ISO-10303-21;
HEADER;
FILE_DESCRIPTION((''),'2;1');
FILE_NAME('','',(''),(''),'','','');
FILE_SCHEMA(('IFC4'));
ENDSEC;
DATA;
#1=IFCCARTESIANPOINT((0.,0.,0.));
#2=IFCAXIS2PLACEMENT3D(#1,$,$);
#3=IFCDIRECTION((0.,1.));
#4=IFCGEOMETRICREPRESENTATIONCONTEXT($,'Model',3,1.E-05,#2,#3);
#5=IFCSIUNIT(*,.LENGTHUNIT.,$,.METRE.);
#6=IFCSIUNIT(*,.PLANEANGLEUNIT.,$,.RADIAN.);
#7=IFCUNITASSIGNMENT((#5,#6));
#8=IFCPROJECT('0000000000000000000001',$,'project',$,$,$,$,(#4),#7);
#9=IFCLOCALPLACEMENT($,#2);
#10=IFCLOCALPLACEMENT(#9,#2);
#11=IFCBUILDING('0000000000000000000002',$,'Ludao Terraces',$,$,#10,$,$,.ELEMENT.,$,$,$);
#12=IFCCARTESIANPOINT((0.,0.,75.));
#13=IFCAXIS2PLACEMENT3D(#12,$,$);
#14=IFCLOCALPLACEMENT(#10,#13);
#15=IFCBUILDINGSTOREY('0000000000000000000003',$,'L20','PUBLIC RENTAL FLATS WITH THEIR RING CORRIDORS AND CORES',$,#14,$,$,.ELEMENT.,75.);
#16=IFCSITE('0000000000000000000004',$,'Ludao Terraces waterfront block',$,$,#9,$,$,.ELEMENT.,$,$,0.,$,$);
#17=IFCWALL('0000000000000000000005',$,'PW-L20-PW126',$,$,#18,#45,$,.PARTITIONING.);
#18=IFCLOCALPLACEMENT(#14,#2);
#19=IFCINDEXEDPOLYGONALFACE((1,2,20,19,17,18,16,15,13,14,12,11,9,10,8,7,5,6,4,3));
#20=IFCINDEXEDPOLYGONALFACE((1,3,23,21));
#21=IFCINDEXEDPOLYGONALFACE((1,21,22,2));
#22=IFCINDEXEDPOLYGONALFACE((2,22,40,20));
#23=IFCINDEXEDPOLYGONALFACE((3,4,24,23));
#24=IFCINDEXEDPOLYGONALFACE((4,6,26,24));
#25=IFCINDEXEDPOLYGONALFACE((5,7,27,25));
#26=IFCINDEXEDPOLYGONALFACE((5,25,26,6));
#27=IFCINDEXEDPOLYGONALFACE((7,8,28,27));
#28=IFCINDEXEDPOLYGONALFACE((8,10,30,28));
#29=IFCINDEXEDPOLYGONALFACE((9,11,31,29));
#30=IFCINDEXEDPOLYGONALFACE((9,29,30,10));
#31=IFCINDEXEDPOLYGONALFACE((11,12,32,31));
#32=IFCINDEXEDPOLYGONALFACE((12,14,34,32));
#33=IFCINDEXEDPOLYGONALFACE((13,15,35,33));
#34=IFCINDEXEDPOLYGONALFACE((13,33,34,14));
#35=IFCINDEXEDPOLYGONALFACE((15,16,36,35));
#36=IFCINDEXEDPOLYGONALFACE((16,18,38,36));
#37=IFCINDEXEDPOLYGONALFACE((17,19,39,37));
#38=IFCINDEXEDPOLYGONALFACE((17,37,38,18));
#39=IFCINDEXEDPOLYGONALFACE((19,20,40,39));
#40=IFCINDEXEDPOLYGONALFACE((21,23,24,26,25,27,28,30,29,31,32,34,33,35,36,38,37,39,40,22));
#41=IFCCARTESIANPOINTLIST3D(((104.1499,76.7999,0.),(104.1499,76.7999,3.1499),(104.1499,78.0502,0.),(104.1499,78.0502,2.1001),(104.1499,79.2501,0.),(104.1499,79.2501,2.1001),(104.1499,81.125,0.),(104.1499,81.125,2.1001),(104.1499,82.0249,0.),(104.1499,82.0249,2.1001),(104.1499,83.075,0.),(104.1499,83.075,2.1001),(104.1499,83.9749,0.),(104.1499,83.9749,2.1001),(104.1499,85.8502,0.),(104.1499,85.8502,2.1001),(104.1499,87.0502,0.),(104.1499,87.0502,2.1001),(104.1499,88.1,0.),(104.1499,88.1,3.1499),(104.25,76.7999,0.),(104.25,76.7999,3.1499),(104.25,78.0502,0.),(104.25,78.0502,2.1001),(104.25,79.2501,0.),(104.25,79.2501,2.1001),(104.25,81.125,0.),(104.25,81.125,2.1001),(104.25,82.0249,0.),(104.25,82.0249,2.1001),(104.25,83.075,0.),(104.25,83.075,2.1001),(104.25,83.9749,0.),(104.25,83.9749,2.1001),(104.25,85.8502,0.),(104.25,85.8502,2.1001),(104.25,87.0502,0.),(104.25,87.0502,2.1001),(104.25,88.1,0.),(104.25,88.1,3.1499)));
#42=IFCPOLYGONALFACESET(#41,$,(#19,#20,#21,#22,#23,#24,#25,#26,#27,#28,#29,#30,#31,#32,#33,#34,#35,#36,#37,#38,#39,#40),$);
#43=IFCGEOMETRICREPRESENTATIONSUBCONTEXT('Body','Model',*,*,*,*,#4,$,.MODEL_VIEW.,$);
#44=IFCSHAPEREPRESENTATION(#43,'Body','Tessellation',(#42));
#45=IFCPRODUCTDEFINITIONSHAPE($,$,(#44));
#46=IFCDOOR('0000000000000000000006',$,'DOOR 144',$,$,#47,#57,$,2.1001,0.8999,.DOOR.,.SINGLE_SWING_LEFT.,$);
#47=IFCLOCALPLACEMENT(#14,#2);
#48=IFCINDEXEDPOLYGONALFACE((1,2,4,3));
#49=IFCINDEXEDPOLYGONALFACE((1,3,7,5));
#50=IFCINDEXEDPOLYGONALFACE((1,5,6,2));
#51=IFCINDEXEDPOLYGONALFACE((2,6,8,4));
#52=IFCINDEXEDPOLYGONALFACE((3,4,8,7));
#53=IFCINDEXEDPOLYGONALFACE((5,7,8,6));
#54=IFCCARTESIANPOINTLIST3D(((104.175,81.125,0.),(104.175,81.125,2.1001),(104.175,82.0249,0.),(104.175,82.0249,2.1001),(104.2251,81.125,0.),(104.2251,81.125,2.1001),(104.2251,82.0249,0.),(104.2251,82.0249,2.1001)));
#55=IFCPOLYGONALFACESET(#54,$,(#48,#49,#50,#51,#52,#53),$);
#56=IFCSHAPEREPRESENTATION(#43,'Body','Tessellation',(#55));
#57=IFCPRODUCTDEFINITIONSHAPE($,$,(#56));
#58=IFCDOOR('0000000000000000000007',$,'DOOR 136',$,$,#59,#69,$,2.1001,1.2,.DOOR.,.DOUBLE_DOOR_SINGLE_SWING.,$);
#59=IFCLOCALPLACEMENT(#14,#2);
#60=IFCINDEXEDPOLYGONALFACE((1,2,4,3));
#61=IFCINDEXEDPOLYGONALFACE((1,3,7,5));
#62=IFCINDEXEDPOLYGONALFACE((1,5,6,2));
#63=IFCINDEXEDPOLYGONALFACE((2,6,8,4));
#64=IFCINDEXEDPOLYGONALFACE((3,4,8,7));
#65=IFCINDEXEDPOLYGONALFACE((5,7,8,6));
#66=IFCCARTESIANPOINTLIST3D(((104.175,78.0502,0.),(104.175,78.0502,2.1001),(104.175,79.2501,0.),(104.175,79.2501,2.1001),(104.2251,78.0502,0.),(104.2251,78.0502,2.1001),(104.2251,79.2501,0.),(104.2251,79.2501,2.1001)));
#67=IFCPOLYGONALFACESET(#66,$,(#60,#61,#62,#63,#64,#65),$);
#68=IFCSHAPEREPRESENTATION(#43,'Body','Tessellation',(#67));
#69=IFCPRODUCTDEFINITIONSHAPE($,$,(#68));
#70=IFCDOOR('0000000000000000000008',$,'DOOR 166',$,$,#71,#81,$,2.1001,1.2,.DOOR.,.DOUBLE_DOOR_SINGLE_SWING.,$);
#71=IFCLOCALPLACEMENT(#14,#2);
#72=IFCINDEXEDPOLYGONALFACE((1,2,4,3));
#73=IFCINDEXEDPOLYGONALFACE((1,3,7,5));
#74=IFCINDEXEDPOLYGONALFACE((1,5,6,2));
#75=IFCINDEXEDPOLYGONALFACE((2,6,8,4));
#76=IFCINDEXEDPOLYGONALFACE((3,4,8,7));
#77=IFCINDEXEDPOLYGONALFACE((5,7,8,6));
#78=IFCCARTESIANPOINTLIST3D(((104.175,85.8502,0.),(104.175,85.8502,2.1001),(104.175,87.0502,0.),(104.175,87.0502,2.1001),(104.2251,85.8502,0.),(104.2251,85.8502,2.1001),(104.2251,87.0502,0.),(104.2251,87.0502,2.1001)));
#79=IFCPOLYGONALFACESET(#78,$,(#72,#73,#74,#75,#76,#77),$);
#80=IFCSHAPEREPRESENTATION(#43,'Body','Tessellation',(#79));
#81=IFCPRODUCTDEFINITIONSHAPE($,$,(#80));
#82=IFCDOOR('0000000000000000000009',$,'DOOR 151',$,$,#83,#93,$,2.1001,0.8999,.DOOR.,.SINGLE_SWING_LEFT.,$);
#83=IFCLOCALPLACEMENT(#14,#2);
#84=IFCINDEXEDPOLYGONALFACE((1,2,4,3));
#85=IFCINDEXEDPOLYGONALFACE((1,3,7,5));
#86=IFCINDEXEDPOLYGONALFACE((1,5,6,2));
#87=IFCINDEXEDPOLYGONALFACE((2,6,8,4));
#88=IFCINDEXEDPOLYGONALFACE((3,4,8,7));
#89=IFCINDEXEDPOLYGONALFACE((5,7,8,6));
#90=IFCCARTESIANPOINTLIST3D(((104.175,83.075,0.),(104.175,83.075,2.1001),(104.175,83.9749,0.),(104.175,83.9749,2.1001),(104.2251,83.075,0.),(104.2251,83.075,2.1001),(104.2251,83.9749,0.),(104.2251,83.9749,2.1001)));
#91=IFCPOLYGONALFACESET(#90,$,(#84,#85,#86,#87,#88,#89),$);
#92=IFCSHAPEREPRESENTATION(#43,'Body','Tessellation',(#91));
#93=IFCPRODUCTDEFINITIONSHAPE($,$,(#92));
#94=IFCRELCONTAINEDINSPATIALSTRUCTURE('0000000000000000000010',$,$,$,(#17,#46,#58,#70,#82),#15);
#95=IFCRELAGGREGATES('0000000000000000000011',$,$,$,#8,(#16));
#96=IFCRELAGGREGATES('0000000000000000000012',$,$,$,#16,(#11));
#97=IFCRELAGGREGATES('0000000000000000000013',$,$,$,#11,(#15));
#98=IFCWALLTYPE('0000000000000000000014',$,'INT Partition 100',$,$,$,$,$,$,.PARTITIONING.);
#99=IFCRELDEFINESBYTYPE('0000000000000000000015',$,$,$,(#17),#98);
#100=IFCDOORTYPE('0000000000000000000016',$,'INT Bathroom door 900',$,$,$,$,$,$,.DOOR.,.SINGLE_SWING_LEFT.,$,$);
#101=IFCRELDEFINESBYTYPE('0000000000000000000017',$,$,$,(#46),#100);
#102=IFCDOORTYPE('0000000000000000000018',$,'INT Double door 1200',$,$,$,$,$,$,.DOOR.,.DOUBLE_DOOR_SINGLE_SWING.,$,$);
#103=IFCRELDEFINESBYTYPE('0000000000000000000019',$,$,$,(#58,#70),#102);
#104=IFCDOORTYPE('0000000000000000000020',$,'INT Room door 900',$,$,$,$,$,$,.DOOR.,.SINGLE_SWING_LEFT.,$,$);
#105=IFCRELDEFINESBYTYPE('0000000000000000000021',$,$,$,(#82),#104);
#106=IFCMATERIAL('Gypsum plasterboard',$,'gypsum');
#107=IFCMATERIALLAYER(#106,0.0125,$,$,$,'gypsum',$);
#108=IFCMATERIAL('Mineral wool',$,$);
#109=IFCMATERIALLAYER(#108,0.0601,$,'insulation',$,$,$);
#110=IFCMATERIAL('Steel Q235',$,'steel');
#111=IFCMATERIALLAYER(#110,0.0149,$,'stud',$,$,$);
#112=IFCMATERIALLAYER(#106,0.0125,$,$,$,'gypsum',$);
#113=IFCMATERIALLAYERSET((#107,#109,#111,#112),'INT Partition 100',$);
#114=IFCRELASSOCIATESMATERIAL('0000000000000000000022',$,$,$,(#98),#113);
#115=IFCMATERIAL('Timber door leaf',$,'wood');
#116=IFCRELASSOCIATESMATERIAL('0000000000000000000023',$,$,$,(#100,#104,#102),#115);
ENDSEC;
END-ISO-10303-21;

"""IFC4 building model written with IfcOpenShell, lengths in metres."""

from ifc_helpers import new_model, si_unit, direction, frame, frame_2d, origin, place, context, subcontext, project, spatial, rectangle, extrude, material, layer, layer_set, type_object, element, fill, save


model = new_model("IFC4")

# Units and contexts
model_context = context("Model", 3, precision=1e-05, world=origin(), true_north=direction((0.0, 1.0)))
body_context = subcontext(model_context, "Body", "Model", "MODEL_VIEW")
ifc_project = project(units=[si_unit("LENGTHUNIT", "METRE"), si_unit("PLANEANGLEUNIT", "RADIAN")], contexts=[model_context])

# Site, building, storey
site_placement = place(None, origin())
site = spatial("IfcSite", under=ifc_project, at=site_placement, Name="Ludao Terraces waterfront block", CompositionType="ELEMENT", RefElevation=0.0)
building_placement = place(site_placement, origin())
building = spatial("IfcBuilding", under=site, at=building_placement, Name="Ludao Terraces", CompositionType="ELEMENT")
storey_placement = place(building_placement, frame((0.0, 0.0, 75.0)))
storey = spatial("IfcBuildingStorey", under=building, at=storey_placement, Name="L20", Description="PUBLIC RENTAL FLATS WITH THEIR RING CORRIDORS AND CORES", CompositionType="ELEMENT", Elevation=75.0)

# Shared definitions
ifc_material_1 = material(Name="Mineral wool")

# Shared definitions
ifc_material_2 = material(Name="Gypsum plasterboard", Category="gypsum")
ifc_layer_1 = layer(ifc_material_2, 0.0125, Category="gypsum")
ifc_layer_2 = layer(ifc_material_1, 0.0601, Name="insulation")
ifc_material_3 = material(Name="Steel Q235", Category="steel")
ifc_layer_3 = layer(ifc_material_3, 0.0149, Name="stud")
ifc_layer_4 = layer(ifc_material_2, 0.0125, Category="gypsum")
ifc_layer_set_1 = layer_set([ifc_layer_1, ifc_layer_2, ifc_layer_3, ifc_layer_4], Name="INT Partition 100")
wall_type_1 = type_object("IfcWallType", Name="INT Partition 100", PredefinedType="PARTITIONING", material=ifc_layer_set_1)

# Wall, openings, doors
ifc_material_4 = material(Name="Timber door leaf", Category="wood")
door_type_1 = type_object("IfcDoorType", Name="INT Bathroom door 900", OperationType="SINGLE_SWING_LEFT", PredefinedType="DOOR", material=ifc_material_4)
door_type_2 = type_object("IfcDoorType", Name="INT Room door 900", OperationType="SINGLE_SWING_LEFT", PredefinedType="DOOR", material=ifc_material_4)
wall_1_placement = place(storey_placement, frame((104.2, 76.8, 0.0), z_axis=(0.0, 0.0, 1.0), x_axis=(0.0, 1.0, 0.0)))
wall_1 = element("IfcWall", 1, at=wall_1_placement, inside=storey, type_object=wall_type_1, Name="PW-L20-PW126", PredefinedType="PARTITIONING", context=body_context, shape_type="SweptSolid", body=[
    extrude(rectangle(XDim=11.3, YDim=0.1001, at=frame_2d((5.6499, 0.0))), origin(), (0.0, 0.0, 1.0), 3.1499),
])
opening_1_placement = place(wall_1_placement, frame((1.25, 0.0, 0.0)))
opening_1 = element("IfcOpeningElement", 2, at=opening_1_placement, cuts=wall_1, PredefinedType="OPENING", context=body_context, shape_type="SweptSolid", body=[
    extrude(rectangle(XDim=1.2, YDim=2.1001, at=frame_2d((0.6001, 1.05))), frame((0.0, 0.0601, 0.0), z_axis=(0.0, -1.0, 0.0), x_axis=(1.0, 0.0, 0.0)), (0.0, 0.0, 1.0), 0.1201),
])
opening_2_placement = place(wall_1_placement, frame((4.325, 0.0, 0.0)))
opening_2 = element("IfcOpeningElement", 3, at=opening_2_placement, cuts=wall_1, PredefinedType="OPENING", context=body_context, shape_type="SweptSolid", body=[
    extrude(rectangle(XDim=0.8999, YDim=2.1001, at=frame_2d((0.45, 1.05))), frame((0.0, 0.0601, 0.0), z_axis=(0.0, -1.0, 0.0), x_axis=(1.0, 0.0, 0.0)), (0.0, 0.0, 1.0), 0.1201),
])
opening_3_placement = place(wall_1_placement, frame((6.2749, 0.0, 0.0)))
opening_3 = element("IfcOpeningElement", 4, at=opening_3_placement, cuts=wall_1, PredefinedType="OPENING", context=body_context, shape_type="SweptSolid", body=[
    extrude(rectangle(XDim=0.8999, YDim=2.1001, at=frame_2d((0.45, 1.05))), frame((0.0, 0.0601, 0.0), z_axis=(0.0, -1.0, 0.0), x_axis=(1.0, 0.0, 0.0)), (0.0, 0.0, 1.0), 0.1201),
])
opening_4_placement = place(wall_1_placement, frame((9.05, 0.0, 0.0)))
opening_4 = element("IfcOpeningElement", 5, at=opening_4_placement, cuts=wall_1, PredefinedType="OPENING", context=body_context, shape_type="SweptSolid", body=[
    extrude(rectangle(XDim=1.2, YDim=2.1001, at=frame_2d((0.6001, 1.05))), frame((0.0, 0.0601, 0.0), z_axis=(0.0, -1.0, 0.0), x_axis=(1.0, 0.0, 0.0)), (0.0, 0.0, 1.0), 0.1201),
])
door_1_placement = place(opening_2_placement, origin())
door_1 = element("IfcDoor", 6, at=door_1_placement, inside=storey, type_object=door_type_1, Name="DOOR 144", OperationType="SINGLE_SWING_LEFT", OverallHeight=2.1001, OverallWidth=0.8999, PredefinedType="DOOR", context=body_context, shape_type="SweptSolid", body=[
    extrude(rectangle(XDim=0.8999, YDim=2.1001, at=frame_2d((0.45, 1.05))), frame((0.0, 0.0249, 0.0), z_axis=(0.0, -1.0, 0.0), x_axis=(1.0, 0.0, 0.0)), (0.0, 0.0, 1.0), 0.05),
])
fill(opening_2, door_1)
door_type_3 = type_object("IfcDoorType", Name="INT Double door 1200", OperationType="DOUBLE_DOOR_SINGLE_SWING", PredefinedType="DOOR", material=ifc_material_4)
door_2_placement = place(opening_1_placement, origin())
door_2 = element("IfcDoor", 7, at=door_2_placement, inside=storey, type_object=door_type_3, Name="DOOR 136", OperationType="DOUBLE_DOOR_SINGLE_SWING", OverallHeight=2.1001, OverallWidth=1.2, PredefinedType="DOOR", context=body_context, shape_type="SweptSolid", body=[
    extrude(rectangle(XDim=1.2, YDim=2.1001, at=frame_2d((0.6001, 1.05))), frame((0.0, 0.0249, 0.0), z_axis=(0.0, -1.0, 0.0), x_axis=(1.0, 0.0, 0.0)), (0.0, 0.0, 1.0), 0.05),
])
fill(opening_1, door_2)
door_3_placement = place(opening_4_placement, origin())
door_3 = element("IfcDoor", 8, at=door_3_placement, inside=storey, type_object=door_type_3, Name="DOOR 166", OperationType="DOUBLE_DOOR_SINGLE_SWING", OverallHeight=2.1001, OverallWidth=1.2, PredefinedType="DOOR", context=body_context, shape_type="SweptSolid", body=[
    extrude(rectangle(XDim=1.2, YDim=2.1001, at=frame_2d((0.6001, 1.05))), frame((0.0, 0.0249, 0.0), z_axis=(0.0, -1.0, 0.0), x_axis=(1.0, 0.0, 0.0)), (0.0, 0.0, 1.0), 0.05),
])
fill(opening_4, door_3)
door_4_placement = place(opening_3_placement, origin())
door_4 = element("IfcDoor", 9, at=door_4_placement, inside=storey, type_object=door_type_2, Name="DOOR 151", OperationType="SINGLE_SWING_LEFT", OverallHeight=2.1001, OverallWidth=0.8999, PredefinedType="DOOR", context=body_context, shape_type="SweptSolid", body=[
    extrude(rectangle(XDim=0.8999, YDim=2.1001, at=frame_2d((0.45, 1.05))), frame((0.0, 0.0249, 0.0), z_axis=(0.0, -1.0, 0.0), x_axis=(1.0, 0.0, 0.0)), (0.0, 0.0, 1.0), 0.05),
])
fill(opening_3, door_4)

save(model, "model.ifc")
